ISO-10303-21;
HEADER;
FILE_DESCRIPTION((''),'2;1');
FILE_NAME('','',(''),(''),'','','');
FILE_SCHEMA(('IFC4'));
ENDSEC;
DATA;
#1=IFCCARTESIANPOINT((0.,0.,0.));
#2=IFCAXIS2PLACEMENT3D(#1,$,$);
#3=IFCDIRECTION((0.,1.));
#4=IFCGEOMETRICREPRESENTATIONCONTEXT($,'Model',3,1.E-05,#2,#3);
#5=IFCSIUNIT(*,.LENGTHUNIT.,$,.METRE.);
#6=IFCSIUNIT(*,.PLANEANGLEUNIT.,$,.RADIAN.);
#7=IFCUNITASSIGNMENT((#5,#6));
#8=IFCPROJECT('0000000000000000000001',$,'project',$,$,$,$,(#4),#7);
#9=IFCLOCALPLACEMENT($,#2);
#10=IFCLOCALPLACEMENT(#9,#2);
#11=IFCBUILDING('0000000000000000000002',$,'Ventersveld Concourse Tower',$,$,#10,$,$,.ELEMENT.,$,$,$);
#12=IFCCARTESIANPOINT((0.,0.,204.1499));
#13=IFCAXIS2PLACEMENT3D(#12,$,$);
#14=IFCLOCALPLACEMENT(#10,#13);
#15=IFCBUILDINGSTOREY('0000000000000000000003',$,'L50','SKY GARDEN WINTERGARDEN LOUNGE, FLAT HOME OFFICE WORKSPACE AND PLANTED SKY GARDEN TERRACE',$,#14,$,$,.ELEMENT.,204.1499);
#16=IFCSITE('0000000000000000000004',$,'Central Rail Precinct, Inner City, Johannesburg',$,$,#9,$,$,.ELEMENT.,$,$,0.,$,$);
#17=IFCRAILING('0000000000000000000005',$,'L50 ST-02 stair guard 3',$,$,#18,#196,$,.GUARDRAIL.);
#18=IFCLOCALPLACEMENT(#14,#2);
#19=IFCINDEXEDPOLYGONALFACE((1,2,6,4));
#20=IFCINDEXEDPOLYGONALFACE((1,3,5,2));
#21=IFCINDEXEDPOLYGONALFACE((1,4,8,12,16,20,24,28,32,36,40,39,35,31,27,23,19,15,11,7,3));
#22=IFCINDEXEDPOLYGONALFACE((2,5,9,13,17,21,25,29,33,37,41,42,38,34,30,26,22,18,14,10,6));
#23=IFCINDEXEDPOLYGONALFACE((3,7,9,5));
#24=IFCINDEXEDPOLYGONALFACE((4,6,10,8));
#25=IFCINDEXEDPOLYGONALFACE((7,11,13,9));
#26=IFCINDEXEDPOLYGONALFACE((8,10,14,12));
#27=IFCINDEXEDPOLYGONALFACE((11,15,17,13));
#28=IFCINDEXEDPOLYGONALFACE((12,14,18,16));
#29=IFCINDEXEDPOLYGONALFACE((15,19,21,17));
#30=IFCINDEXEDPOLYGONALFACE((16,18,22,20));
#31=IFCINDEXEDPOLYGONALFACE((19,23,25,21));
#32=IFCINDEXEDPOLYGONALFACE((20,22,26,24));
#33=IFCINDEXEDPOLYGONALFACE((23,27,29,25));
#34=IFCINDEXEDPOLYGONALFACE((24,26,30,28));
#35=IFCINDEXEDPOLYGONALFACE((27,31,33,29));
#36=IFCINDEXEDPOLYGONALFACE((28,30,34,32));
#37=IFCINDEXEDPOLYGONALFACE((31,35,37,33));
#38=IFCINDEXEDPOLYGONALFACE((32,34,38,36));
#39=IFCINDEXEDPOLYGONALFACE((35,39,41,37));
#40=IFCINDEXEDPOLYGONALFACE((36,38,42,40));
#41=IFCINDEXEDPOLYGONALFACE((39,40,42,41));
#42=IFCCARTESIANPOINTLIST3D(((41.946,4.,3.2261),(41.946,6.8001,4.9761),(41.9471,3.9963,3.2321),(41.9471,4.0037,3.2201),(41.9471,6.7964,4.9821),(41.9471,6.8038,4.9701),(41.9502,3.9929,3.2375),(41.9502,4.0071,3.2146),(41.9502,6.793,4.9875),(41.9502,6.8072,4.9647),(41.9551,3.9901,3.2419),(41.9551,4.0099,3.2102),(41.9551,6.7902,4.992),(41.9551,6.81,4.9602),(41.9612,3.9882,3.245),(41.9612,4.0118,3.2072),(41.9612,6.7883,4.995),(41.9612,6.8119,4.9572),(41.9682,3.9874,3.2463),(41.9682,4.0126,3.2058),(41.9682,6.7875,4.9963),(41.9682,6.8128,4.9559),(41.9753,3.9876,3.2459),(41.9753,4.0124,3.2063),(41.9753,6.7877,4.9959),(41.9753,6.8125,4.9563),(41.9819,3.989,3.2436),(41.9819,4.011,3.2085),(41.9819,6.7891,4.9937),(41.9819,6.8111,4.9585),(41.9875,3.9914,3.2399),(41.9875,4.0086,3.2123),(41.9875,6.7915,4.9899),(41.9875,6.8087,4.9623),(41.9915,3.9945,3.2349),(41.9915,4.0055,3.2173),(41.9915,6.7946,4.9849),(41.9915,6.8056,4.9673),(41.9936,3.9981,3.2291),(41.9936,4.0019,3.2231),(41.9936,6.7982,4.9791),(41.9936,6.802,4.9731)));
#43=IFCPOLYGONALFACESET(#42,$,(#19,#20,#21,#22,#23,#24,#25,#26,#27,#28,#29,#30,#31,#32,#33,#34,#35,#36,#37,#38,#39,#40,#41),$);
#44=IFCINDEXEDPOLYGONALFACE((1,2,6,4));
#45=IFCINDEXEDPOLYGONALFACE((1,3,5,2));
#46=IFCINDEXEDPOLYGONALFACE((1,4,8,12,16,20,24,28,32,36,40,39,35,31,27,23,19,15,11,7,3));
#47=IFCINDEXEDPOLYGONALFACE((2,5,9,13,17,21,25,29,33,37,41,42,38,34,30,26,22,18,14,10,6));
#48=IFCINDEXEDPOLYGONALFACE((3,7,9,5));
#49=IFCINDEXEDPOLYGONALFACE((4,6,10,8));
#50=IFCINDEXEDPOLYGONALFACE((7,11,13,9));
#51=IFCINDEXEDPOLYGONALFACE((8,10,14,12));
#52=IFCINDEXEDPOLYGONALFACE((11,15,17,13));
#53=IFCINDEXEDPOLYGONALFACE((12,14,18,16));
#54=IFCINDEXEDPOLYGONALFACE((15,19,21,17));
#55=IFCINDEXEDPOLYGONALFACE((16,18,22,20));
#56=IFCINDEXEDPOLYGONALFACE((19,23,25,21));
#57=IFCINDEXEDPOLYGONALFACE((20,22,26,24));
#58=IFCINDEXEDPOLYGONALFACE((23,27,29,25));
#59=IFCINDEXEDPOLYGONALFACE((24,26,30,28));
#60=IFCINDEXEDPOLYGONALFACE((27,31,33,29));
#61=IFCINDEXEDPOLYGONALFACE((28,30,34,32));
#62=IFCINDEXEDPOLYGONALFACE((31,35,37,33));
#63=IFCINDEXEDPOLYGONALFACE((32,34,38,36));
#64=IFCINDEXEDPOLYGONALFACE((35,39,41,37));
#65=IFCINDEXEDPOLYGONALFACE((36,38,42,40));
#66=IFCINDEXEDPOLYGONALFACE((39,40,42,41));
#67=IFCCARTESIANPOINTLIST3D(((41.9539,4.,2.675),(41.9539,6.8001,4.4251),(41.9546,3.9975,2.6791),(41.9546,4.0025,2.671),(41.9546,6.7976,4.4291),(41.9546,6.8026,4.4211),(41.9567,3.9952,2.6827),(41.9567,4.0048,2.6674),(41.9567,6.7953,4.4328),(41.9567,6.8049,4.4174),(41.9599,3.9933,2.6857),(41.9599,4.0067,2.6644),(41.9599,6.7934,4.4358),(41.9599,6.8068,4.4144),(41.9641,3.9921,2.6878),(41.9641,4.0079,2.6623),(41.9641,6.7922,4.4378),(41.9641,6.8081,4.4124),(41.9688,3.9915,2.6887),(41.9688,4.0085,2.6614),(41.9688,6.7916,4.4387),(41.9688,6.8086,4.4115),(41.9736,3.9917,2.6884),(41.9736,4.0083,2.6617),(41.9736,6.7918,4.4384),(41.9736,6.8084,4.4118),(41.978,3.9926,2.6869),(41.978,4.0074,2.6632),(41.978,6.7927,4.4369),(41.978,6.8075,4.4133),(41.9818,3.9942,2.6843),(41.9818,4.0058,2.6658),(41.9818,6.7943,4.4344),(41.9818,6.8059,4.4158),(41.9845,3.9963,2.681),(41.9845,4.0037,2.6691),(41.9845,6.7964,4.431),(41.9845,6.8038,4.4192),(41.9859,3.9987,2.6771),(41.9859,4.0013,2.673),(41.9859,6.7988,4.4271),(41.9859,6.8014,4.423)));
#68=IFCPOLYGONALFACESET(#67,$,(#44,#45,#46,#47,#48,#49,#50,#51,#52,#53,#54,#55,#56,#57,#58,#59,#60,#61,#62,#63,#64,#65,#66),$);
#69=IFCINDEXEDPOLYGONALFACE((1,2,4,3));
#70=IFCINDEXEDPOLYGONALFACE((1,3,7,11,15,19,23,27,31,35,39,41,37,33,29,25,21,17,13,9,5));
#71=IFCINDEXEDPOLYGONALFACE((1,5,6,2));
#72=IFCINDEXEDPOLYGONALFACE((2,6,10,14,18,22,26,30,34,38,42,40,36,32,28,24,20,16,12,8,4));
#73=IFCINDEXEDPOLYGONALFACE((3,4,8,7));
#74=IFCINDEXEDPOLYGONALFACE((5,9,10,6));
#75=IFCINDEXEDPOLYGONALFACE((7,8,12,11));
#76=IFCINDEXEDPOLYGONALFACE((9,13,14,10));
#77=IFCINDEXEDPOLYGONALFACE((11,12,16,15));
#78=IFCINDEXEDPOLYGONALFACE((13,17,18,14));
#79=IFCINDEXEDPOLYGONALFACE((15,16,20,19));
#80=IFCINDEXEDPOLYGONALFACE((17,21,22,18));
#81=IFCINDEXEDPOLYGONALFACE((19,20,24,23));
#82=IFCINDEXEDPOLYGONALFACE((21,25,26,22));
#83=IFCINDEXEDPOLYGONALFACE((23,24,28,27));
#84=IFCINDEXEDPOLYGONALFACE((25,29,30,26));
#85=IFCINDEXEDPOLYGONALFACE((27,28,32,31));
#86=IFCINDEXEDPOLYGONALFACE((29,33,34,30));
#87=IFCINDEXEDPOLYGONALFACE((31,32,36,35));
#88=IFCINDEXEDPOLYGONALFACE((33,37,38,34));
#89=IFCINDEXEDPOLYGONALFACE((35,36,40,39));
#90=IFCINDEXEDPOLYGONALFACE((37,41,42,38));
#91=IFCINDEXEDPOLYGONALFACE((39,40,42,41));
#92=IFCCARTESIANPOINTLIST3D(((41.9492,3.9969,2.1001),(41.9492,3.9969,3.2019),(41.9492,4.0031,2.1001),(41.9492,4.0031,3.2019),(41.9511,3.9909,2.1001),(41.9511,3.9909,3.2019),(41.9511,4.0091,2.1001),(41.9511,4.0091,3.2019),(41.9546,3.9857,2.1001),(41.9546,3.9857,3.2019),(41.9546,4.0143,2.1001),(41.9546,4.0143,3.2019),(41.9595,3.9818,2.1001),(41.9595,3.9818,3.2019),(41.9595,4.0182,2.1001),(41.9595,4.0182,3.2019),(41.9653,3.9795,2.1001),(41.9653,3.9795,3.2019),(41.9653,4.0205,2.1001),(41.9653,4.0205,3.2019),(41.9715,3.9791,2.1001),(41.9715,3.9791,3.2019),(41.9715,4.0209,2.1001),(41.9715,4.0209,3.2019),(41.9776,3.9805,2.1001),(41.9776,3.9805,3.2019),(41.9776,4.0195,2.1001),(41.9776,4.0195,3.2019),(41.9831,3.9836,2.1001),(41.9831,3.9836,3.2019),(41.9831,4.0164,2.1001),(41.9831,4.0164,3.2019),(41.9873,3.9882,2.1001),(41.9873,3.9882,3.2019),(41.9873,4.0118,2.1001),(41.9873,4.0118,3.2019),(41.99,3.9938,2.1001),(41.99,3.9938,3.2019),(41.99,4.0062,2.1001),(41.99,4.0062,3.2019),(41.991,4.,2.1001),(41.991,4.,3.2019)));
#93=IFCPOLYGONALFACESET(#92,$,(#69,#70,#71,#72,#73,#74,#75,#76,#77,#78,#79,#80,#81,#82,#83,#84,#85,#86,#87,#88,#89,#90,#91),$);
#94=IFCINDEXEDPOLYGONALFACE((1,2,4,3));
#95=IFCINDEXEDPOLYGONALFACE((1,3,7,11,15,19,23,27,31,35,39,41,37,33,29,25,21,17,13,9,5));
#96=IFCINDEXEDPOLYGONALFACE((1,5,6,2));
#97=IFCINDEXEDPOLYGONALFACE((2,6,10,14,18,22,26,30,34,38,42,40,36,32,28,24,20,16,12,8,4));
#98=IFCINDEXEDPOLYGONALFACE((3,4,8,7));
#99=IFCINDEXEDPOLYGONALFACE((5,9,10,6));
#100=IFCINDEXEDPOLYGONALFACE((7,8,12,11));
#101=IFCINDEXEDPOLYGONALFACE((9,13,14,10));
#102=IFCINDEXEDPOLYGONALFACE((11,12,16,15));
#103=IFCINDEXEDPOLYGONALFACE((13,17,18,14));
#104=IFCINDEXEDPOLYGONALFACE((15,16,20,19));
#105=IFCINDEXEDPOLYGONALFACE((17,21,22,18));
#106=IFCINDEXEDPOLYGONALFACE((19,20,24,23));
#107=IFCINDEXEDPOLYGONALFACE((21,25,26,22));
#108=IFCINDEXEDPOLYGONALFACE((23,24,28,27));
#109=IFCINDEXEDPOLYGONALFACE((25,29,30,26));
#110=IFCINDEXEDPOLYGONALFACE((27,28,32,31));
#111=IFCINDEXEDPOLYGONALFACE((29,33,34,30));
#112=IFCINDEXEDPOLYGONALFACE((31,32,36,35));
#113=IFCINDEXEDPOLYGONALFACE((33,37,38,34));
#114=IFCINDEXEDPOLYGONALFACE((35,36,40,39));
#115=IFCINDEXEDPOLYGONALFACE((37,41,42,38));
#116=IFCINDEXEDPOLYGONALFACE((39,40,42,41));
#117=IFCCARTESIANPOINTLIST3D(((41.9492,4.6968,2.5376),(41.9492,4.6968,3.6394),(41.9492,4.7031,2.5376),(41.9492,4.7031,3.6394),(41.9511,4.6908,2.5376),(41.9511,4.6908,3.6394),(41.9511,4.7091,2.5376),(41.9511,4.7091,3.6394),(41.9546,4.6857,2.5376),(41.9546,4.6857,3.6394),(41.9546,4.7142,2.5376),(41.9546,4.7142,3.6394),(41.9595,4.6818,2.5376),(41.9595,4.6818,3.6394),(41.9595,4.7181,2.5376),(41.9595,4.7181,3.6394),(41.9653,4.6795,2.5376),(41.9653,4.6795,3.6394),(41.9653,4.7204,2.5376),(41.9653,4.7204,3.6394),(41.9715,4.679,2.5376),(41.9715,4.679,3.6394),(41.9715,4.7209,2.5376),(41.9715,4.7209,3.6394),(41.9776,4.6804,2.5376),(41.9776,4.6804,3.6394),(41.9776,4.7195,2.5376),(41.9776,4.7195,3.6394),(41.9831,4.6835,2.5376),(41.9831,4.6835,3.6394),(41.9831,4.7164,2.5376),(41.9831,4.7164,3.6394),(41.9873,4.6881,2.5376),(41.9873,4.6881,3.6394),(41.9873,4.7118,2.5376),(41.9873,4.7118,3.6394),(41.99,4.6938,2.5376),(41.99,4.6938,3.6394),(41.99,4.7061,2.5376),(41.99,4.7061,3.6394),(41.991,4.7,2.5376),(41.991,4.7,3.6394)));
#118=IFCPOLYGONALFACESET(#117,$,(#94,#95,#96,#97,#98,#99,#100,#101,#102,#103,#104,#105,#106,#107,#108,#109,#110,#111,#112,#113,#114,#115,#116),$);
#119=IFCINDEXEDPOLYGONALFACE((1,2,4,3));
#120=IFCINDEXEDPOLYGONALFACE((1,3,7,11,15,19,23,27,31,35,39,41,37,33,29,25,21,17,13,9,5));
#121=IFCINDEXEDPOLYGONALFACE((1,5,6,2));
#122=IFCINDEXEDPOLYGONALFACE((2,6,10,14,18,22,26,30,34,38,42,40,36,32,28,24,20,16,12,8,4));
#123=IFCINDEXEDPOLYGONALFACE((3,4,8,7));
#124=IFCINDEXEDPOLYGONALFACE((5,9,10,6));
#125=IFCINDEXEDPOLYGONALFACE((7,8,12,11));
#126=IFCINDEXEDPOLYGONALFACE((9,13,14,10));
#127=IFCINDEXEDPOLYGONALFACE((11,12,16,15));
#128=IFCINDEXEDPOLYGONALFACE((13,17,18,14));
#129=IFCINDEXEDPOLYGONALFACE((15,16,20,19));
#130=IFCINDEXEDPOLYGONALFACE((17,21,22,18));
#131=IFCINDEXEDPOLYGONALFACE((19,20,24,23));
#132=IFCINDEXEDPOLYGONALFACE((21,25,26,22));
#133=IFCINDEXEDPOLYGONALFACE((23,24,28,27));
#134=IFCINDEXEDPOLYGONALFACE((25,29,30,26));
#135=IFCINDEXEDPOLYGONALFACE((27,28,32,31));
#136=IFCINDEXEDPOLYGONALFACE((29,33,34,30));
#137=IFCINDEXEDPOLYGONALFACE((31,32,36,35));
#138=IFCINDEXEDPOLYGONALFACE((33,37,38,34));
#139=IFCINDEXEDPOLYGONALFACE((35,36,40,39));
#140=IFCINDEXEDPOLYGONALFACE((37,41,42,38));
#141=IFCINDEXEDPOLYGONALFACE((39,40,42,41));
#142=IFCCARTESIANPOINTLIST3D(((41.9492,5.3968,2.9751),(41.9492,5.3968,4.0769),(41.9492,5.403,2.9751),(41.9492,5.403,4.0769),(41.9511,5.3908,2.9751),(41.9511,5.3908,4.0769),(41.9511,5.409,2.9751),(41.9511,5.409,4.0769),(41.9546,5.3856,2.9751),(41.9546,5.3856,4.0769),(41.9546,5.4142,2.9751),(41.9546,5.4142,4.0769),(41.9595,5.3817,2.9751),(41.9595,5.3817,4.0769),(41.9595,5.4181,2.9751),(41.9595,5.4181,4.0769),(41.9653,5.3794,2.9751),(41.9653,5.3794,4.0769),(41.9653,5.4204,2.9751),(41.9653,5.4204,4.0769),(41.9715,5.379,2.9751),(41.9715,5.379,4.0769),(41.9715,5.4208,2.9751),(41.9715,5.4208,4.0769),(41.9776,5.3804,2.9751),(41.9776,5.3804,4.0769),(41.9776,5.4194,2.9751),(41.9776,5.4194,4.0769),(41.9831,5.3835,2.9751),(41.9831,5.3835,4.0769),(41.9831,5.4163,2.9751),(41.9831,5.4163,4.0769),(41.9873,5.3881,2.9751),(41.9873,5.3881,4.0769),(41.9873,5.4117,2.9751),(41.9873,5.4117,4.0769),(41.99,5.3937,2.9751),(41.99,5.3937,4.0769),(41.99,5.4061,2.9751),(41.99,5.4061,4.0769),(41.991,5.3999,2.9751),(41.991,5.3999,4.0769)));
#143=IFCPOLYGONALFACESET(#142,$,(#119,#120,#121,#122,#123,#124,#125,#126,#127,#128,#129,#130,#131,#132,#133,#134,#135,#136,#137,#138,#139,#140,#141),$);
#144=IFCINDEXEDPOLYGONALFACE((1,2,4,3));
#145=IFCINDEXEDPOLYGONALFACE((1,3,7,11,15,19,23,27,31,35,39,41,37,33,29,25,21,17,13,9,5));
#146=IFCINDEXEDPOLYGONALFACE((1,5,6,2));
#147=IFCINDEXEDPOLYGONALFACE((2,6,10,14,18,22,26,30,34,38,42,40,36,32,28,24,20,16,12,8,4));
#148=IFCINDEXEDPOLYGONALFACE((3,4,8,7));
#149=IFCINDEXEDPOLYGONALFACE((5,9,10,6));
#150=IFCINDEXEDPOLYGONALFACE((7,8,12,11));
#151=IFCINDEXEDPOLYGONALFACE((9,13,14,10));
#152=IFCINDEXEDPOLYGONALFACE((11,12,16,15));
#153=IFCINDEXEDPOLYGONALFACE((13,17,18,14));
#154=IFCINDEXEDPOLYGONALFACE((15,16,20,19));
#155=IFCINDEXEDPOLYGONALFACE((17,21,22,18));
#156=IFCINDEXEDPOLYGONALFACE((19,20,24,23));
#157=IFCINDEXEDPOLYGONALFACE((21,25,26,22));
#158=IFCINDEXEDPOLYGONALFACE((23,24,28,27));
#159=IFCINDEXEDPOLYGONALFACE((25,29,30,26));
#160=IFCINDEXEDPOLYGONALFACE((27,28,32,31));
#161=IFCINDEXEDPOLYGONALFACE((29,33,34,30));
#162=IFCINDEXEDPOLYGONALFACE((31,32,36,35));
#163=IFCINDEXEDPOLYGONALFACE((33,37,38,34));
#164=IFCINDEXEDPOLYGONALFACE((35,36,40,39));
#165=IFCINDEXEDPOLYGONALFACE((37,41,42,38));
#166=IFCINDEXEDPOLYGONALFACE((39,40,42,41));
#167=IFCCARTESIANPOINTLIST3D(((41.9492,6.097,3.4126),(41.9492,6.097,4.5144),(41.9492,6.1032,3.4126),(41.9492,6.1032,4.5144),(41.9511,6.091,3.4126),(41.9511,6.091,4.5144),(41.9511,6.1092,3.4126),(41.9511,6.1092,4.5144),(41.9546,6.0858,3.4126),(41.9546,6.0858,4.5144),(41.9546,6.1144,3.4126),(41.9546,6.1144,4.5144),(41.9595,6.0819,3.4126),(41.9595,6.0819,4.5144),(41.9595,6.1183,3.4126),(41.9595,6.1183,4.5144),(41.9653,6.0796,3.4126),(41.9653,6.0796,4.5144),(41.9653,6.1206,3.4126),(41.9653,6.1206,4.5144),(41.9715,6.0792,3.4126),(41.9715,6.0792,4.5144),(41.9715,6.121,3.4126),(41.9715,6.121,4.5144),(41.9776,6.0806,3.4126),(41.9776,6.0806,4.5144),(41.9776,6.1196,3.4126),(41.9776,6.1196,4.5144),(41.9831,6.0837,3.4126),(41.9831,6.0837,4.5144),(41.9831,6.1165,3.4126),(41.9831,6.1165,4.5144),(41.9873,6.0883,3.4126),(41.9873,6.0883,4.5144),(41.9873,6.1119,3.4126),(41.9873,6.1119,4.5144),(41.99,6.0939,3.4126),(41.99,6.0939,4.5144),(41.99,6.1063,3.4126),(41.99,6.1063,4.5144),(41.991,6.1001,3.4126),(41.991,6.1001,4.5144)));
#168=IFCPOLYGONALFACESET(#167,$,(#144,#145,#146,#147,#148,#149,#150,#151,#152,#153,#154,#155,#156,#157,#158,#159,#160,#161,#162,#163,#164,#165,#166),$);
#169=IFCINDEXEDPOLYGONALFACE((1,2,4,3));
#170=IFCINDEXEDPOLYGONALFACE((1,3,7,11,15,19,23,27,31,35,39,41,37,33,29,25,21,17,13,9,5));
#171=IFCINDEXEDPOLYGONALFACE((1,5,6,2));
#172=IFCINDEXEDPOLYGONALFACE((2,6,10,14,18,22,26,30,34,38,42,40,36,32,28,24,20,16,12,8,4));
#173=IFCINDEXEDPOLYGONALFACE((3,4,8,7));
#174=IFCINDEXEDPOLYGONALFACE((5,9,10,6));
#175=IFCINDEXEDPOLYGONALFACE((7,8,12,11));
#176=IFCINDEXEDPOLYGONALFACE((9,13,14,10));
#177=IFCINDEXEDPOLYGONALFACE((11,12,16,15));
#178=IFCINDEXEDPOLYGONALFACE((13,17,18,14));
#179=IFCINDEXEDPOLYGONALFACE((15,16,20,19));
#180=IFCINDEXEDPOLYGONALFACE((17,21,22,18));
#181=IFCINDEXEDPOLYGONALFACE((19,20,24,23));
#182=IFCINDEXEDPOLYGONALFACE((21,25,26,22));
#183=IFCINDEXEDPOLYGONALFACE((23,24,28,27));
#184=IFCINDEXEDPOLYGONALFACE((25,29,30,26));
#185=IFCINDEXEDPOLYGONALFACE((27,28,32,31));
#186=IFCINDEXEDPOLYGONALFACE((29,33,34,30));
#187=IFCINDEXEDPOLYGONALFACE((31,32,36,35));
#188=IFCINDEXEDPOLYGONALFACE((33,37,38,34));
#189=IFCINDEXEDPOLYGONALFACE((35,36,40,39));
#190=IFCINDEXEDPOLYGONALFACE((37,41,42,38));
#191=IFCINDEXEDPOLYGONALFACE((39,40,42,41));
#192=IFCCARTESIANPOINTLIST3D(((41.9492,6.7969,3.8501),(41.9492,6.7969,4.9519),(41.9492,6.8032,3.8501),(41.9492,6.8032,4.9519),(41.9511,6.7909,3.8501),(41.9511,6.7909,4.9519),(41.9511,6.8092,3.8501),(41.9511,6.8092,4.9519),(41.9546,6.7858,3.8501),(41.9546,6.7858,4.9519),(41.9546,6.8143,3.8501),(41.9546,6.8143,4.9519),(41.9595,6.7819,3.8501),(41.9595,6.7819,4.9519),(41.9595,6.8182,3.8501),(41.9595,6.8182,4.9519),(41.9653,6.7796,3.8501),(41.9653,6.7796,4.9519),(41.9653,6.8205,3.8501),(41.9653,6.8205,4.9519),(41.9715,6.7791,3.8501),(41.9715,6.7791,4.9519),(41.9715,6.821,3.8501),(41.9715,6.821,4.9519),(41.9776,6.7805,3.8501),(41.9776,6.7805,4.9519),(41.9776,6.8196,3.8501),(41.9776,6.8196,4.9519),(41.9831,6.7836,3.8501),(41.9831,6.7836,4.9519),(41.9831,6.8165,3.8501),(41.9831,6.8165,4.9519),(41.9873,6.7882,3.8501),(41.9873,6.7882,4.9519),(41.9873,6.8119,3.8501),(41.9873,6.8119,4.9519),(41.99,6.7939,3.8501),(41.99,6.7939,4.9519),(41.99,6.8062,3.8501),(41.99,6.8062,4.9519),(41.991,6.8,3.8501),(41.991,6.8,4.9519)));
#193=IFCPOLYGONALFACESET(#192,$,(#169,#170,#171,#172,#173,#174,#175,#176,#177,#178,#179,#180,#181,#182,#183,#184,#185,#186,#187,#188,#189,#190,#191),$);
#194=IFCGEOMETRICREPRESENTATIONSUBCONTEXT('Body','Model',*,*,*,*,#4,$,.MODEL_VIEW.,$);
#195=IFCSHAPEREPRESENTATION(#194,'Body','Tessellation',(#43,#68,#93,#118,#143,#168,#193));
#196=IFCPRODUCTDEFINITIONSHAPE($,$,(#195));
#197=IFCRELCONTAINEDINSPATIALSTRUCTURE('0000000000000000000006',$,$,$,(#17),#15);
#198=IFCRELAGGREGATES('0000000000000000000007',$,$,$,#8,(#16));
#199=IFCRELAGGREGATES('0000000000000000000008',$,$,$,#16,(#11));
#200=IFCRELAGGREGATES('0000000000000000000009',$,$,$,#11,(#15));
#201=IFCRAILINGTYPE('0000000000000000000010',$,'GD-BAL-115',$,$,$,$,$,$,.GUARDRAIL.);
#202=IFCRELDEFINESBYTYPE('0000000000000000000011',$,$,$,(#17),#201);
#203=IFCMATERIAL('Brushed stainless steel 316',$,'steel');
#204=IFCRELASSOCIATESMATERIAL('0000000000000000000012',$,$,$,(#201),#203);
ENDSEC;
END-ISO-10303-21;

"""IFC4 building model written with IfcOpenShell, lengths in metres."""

from ifc_helpers import new_model, si_unit, direction, frame, origin, origin_2d, place, context, subcontext, project, spatial, circle, extrude, material, type_object, element, save


model = new_model("IFC4")

# Units and contexts
model_context = context("Model", 3, precision=1e-05, world=origin(), true_north=direction((0.0, 1.0)))
body_context = subcontext(model_context, "Body", "Model", "MODEL_VIEW")
ifc_project = project(units=[si_unit("LENGTHUNIT", "METRE"), si_unit("PLANEANGLEUNIT", "RADIAN")], contexts=[model_context])

# Site, building, storey
site_placement = place(None, origin())
site = spatial("IfcSite", under=ifc_project, at=site_placement, Name="Central Rail Precinct, Inner City, Johannesburg", CompositionType="ELEMENT", RefElevation=0.0)
building_placement = place(site_placement, origin())
building = spatial("IfcBuilding", under=site, at=building_placement, Name="Ventersveld Concourse Tower", CompositionType="ELEMENT")
storey_placement = place(building_placement, frame((0.0, 0.0, 204.1499)))
storey = spatial("IfcBuildingStorey", under=building, at=storey_placement, Name="L50", Description="SKY GARDEN WINTERGARDEN LOUNGE, FLAT HOME OFFICE WORKSPACE AND PLANTED SKY GARDEN TERRACE", CompositionType="ELEMENT", Elevation=204.1499)

# Shared definitions
ifc_material_1 = material(Name="Brushed stainless steel 316", Category="steel")

# Railing
railing_type_1 = type_object("IfcRailingType", Name="GD-BAL-115", PredefinedType="GUARDRAIL", material=ifc_material_1)
railing_1_placement = place(storey_placement, frame((41.97, 4.0, 2.1001)))
element("IfcRailing", 1, at=railing_1_placement, inside=storey, type_object=railing_type_1, Name="L50 ST-02 stair guard 3", PredefinedType="GUARDRAIL", context=body_context, shape_type="SweptSolid", body=[
    extrude(circle(Radius=0.0239, at=origin_2d()), frame((0.0, 0.0, 1.126), z_axis=(0.0, 0.848002, 0.529992), x_axis=(-1.0, 0.0, 0.0)), (0.0, 0.0, 1.0), 3.302),
    extrude(circle(Radius=0.0161, at=origin_2d()), frame((0.0, 0.0, 0.575), z_axis=(0.0, 0.848002, 0.529992), x_axis=(-1.0, 0.0, 0.0)), (0.0, 0.0, 1.0), 3.302),
    extrude(circle(Radius=0.021, at=origin_2d()), origin(), (0.0, 0.0, 1.0), 1.1018),
    extrude(circle(Radius=0.021, at=origin_2d()), frame((0.0, 0.7, 0.4375)), (0.0, 0.0, 1.0), 1.1018),
    extrude(circle(Radius=0.021, at=origin_2d()), frame((0.0, 1.3999, 0.875)), (0.0, 0.0, 1.0), 1.1018),
    extrude(circle(Radius=0.021, at=origin_2d()), frame((0.0, 2.1001, 1.3125)), (0.0, 0.0, 1.0), 1.1018),
    extrude(circle(Radius=0.021, at=origin_2d()), frame((0.0, 2.8, 1.75)), (0.0, 0.0, 1.0), 1.1018),
])

save(model, "model.ifc")
